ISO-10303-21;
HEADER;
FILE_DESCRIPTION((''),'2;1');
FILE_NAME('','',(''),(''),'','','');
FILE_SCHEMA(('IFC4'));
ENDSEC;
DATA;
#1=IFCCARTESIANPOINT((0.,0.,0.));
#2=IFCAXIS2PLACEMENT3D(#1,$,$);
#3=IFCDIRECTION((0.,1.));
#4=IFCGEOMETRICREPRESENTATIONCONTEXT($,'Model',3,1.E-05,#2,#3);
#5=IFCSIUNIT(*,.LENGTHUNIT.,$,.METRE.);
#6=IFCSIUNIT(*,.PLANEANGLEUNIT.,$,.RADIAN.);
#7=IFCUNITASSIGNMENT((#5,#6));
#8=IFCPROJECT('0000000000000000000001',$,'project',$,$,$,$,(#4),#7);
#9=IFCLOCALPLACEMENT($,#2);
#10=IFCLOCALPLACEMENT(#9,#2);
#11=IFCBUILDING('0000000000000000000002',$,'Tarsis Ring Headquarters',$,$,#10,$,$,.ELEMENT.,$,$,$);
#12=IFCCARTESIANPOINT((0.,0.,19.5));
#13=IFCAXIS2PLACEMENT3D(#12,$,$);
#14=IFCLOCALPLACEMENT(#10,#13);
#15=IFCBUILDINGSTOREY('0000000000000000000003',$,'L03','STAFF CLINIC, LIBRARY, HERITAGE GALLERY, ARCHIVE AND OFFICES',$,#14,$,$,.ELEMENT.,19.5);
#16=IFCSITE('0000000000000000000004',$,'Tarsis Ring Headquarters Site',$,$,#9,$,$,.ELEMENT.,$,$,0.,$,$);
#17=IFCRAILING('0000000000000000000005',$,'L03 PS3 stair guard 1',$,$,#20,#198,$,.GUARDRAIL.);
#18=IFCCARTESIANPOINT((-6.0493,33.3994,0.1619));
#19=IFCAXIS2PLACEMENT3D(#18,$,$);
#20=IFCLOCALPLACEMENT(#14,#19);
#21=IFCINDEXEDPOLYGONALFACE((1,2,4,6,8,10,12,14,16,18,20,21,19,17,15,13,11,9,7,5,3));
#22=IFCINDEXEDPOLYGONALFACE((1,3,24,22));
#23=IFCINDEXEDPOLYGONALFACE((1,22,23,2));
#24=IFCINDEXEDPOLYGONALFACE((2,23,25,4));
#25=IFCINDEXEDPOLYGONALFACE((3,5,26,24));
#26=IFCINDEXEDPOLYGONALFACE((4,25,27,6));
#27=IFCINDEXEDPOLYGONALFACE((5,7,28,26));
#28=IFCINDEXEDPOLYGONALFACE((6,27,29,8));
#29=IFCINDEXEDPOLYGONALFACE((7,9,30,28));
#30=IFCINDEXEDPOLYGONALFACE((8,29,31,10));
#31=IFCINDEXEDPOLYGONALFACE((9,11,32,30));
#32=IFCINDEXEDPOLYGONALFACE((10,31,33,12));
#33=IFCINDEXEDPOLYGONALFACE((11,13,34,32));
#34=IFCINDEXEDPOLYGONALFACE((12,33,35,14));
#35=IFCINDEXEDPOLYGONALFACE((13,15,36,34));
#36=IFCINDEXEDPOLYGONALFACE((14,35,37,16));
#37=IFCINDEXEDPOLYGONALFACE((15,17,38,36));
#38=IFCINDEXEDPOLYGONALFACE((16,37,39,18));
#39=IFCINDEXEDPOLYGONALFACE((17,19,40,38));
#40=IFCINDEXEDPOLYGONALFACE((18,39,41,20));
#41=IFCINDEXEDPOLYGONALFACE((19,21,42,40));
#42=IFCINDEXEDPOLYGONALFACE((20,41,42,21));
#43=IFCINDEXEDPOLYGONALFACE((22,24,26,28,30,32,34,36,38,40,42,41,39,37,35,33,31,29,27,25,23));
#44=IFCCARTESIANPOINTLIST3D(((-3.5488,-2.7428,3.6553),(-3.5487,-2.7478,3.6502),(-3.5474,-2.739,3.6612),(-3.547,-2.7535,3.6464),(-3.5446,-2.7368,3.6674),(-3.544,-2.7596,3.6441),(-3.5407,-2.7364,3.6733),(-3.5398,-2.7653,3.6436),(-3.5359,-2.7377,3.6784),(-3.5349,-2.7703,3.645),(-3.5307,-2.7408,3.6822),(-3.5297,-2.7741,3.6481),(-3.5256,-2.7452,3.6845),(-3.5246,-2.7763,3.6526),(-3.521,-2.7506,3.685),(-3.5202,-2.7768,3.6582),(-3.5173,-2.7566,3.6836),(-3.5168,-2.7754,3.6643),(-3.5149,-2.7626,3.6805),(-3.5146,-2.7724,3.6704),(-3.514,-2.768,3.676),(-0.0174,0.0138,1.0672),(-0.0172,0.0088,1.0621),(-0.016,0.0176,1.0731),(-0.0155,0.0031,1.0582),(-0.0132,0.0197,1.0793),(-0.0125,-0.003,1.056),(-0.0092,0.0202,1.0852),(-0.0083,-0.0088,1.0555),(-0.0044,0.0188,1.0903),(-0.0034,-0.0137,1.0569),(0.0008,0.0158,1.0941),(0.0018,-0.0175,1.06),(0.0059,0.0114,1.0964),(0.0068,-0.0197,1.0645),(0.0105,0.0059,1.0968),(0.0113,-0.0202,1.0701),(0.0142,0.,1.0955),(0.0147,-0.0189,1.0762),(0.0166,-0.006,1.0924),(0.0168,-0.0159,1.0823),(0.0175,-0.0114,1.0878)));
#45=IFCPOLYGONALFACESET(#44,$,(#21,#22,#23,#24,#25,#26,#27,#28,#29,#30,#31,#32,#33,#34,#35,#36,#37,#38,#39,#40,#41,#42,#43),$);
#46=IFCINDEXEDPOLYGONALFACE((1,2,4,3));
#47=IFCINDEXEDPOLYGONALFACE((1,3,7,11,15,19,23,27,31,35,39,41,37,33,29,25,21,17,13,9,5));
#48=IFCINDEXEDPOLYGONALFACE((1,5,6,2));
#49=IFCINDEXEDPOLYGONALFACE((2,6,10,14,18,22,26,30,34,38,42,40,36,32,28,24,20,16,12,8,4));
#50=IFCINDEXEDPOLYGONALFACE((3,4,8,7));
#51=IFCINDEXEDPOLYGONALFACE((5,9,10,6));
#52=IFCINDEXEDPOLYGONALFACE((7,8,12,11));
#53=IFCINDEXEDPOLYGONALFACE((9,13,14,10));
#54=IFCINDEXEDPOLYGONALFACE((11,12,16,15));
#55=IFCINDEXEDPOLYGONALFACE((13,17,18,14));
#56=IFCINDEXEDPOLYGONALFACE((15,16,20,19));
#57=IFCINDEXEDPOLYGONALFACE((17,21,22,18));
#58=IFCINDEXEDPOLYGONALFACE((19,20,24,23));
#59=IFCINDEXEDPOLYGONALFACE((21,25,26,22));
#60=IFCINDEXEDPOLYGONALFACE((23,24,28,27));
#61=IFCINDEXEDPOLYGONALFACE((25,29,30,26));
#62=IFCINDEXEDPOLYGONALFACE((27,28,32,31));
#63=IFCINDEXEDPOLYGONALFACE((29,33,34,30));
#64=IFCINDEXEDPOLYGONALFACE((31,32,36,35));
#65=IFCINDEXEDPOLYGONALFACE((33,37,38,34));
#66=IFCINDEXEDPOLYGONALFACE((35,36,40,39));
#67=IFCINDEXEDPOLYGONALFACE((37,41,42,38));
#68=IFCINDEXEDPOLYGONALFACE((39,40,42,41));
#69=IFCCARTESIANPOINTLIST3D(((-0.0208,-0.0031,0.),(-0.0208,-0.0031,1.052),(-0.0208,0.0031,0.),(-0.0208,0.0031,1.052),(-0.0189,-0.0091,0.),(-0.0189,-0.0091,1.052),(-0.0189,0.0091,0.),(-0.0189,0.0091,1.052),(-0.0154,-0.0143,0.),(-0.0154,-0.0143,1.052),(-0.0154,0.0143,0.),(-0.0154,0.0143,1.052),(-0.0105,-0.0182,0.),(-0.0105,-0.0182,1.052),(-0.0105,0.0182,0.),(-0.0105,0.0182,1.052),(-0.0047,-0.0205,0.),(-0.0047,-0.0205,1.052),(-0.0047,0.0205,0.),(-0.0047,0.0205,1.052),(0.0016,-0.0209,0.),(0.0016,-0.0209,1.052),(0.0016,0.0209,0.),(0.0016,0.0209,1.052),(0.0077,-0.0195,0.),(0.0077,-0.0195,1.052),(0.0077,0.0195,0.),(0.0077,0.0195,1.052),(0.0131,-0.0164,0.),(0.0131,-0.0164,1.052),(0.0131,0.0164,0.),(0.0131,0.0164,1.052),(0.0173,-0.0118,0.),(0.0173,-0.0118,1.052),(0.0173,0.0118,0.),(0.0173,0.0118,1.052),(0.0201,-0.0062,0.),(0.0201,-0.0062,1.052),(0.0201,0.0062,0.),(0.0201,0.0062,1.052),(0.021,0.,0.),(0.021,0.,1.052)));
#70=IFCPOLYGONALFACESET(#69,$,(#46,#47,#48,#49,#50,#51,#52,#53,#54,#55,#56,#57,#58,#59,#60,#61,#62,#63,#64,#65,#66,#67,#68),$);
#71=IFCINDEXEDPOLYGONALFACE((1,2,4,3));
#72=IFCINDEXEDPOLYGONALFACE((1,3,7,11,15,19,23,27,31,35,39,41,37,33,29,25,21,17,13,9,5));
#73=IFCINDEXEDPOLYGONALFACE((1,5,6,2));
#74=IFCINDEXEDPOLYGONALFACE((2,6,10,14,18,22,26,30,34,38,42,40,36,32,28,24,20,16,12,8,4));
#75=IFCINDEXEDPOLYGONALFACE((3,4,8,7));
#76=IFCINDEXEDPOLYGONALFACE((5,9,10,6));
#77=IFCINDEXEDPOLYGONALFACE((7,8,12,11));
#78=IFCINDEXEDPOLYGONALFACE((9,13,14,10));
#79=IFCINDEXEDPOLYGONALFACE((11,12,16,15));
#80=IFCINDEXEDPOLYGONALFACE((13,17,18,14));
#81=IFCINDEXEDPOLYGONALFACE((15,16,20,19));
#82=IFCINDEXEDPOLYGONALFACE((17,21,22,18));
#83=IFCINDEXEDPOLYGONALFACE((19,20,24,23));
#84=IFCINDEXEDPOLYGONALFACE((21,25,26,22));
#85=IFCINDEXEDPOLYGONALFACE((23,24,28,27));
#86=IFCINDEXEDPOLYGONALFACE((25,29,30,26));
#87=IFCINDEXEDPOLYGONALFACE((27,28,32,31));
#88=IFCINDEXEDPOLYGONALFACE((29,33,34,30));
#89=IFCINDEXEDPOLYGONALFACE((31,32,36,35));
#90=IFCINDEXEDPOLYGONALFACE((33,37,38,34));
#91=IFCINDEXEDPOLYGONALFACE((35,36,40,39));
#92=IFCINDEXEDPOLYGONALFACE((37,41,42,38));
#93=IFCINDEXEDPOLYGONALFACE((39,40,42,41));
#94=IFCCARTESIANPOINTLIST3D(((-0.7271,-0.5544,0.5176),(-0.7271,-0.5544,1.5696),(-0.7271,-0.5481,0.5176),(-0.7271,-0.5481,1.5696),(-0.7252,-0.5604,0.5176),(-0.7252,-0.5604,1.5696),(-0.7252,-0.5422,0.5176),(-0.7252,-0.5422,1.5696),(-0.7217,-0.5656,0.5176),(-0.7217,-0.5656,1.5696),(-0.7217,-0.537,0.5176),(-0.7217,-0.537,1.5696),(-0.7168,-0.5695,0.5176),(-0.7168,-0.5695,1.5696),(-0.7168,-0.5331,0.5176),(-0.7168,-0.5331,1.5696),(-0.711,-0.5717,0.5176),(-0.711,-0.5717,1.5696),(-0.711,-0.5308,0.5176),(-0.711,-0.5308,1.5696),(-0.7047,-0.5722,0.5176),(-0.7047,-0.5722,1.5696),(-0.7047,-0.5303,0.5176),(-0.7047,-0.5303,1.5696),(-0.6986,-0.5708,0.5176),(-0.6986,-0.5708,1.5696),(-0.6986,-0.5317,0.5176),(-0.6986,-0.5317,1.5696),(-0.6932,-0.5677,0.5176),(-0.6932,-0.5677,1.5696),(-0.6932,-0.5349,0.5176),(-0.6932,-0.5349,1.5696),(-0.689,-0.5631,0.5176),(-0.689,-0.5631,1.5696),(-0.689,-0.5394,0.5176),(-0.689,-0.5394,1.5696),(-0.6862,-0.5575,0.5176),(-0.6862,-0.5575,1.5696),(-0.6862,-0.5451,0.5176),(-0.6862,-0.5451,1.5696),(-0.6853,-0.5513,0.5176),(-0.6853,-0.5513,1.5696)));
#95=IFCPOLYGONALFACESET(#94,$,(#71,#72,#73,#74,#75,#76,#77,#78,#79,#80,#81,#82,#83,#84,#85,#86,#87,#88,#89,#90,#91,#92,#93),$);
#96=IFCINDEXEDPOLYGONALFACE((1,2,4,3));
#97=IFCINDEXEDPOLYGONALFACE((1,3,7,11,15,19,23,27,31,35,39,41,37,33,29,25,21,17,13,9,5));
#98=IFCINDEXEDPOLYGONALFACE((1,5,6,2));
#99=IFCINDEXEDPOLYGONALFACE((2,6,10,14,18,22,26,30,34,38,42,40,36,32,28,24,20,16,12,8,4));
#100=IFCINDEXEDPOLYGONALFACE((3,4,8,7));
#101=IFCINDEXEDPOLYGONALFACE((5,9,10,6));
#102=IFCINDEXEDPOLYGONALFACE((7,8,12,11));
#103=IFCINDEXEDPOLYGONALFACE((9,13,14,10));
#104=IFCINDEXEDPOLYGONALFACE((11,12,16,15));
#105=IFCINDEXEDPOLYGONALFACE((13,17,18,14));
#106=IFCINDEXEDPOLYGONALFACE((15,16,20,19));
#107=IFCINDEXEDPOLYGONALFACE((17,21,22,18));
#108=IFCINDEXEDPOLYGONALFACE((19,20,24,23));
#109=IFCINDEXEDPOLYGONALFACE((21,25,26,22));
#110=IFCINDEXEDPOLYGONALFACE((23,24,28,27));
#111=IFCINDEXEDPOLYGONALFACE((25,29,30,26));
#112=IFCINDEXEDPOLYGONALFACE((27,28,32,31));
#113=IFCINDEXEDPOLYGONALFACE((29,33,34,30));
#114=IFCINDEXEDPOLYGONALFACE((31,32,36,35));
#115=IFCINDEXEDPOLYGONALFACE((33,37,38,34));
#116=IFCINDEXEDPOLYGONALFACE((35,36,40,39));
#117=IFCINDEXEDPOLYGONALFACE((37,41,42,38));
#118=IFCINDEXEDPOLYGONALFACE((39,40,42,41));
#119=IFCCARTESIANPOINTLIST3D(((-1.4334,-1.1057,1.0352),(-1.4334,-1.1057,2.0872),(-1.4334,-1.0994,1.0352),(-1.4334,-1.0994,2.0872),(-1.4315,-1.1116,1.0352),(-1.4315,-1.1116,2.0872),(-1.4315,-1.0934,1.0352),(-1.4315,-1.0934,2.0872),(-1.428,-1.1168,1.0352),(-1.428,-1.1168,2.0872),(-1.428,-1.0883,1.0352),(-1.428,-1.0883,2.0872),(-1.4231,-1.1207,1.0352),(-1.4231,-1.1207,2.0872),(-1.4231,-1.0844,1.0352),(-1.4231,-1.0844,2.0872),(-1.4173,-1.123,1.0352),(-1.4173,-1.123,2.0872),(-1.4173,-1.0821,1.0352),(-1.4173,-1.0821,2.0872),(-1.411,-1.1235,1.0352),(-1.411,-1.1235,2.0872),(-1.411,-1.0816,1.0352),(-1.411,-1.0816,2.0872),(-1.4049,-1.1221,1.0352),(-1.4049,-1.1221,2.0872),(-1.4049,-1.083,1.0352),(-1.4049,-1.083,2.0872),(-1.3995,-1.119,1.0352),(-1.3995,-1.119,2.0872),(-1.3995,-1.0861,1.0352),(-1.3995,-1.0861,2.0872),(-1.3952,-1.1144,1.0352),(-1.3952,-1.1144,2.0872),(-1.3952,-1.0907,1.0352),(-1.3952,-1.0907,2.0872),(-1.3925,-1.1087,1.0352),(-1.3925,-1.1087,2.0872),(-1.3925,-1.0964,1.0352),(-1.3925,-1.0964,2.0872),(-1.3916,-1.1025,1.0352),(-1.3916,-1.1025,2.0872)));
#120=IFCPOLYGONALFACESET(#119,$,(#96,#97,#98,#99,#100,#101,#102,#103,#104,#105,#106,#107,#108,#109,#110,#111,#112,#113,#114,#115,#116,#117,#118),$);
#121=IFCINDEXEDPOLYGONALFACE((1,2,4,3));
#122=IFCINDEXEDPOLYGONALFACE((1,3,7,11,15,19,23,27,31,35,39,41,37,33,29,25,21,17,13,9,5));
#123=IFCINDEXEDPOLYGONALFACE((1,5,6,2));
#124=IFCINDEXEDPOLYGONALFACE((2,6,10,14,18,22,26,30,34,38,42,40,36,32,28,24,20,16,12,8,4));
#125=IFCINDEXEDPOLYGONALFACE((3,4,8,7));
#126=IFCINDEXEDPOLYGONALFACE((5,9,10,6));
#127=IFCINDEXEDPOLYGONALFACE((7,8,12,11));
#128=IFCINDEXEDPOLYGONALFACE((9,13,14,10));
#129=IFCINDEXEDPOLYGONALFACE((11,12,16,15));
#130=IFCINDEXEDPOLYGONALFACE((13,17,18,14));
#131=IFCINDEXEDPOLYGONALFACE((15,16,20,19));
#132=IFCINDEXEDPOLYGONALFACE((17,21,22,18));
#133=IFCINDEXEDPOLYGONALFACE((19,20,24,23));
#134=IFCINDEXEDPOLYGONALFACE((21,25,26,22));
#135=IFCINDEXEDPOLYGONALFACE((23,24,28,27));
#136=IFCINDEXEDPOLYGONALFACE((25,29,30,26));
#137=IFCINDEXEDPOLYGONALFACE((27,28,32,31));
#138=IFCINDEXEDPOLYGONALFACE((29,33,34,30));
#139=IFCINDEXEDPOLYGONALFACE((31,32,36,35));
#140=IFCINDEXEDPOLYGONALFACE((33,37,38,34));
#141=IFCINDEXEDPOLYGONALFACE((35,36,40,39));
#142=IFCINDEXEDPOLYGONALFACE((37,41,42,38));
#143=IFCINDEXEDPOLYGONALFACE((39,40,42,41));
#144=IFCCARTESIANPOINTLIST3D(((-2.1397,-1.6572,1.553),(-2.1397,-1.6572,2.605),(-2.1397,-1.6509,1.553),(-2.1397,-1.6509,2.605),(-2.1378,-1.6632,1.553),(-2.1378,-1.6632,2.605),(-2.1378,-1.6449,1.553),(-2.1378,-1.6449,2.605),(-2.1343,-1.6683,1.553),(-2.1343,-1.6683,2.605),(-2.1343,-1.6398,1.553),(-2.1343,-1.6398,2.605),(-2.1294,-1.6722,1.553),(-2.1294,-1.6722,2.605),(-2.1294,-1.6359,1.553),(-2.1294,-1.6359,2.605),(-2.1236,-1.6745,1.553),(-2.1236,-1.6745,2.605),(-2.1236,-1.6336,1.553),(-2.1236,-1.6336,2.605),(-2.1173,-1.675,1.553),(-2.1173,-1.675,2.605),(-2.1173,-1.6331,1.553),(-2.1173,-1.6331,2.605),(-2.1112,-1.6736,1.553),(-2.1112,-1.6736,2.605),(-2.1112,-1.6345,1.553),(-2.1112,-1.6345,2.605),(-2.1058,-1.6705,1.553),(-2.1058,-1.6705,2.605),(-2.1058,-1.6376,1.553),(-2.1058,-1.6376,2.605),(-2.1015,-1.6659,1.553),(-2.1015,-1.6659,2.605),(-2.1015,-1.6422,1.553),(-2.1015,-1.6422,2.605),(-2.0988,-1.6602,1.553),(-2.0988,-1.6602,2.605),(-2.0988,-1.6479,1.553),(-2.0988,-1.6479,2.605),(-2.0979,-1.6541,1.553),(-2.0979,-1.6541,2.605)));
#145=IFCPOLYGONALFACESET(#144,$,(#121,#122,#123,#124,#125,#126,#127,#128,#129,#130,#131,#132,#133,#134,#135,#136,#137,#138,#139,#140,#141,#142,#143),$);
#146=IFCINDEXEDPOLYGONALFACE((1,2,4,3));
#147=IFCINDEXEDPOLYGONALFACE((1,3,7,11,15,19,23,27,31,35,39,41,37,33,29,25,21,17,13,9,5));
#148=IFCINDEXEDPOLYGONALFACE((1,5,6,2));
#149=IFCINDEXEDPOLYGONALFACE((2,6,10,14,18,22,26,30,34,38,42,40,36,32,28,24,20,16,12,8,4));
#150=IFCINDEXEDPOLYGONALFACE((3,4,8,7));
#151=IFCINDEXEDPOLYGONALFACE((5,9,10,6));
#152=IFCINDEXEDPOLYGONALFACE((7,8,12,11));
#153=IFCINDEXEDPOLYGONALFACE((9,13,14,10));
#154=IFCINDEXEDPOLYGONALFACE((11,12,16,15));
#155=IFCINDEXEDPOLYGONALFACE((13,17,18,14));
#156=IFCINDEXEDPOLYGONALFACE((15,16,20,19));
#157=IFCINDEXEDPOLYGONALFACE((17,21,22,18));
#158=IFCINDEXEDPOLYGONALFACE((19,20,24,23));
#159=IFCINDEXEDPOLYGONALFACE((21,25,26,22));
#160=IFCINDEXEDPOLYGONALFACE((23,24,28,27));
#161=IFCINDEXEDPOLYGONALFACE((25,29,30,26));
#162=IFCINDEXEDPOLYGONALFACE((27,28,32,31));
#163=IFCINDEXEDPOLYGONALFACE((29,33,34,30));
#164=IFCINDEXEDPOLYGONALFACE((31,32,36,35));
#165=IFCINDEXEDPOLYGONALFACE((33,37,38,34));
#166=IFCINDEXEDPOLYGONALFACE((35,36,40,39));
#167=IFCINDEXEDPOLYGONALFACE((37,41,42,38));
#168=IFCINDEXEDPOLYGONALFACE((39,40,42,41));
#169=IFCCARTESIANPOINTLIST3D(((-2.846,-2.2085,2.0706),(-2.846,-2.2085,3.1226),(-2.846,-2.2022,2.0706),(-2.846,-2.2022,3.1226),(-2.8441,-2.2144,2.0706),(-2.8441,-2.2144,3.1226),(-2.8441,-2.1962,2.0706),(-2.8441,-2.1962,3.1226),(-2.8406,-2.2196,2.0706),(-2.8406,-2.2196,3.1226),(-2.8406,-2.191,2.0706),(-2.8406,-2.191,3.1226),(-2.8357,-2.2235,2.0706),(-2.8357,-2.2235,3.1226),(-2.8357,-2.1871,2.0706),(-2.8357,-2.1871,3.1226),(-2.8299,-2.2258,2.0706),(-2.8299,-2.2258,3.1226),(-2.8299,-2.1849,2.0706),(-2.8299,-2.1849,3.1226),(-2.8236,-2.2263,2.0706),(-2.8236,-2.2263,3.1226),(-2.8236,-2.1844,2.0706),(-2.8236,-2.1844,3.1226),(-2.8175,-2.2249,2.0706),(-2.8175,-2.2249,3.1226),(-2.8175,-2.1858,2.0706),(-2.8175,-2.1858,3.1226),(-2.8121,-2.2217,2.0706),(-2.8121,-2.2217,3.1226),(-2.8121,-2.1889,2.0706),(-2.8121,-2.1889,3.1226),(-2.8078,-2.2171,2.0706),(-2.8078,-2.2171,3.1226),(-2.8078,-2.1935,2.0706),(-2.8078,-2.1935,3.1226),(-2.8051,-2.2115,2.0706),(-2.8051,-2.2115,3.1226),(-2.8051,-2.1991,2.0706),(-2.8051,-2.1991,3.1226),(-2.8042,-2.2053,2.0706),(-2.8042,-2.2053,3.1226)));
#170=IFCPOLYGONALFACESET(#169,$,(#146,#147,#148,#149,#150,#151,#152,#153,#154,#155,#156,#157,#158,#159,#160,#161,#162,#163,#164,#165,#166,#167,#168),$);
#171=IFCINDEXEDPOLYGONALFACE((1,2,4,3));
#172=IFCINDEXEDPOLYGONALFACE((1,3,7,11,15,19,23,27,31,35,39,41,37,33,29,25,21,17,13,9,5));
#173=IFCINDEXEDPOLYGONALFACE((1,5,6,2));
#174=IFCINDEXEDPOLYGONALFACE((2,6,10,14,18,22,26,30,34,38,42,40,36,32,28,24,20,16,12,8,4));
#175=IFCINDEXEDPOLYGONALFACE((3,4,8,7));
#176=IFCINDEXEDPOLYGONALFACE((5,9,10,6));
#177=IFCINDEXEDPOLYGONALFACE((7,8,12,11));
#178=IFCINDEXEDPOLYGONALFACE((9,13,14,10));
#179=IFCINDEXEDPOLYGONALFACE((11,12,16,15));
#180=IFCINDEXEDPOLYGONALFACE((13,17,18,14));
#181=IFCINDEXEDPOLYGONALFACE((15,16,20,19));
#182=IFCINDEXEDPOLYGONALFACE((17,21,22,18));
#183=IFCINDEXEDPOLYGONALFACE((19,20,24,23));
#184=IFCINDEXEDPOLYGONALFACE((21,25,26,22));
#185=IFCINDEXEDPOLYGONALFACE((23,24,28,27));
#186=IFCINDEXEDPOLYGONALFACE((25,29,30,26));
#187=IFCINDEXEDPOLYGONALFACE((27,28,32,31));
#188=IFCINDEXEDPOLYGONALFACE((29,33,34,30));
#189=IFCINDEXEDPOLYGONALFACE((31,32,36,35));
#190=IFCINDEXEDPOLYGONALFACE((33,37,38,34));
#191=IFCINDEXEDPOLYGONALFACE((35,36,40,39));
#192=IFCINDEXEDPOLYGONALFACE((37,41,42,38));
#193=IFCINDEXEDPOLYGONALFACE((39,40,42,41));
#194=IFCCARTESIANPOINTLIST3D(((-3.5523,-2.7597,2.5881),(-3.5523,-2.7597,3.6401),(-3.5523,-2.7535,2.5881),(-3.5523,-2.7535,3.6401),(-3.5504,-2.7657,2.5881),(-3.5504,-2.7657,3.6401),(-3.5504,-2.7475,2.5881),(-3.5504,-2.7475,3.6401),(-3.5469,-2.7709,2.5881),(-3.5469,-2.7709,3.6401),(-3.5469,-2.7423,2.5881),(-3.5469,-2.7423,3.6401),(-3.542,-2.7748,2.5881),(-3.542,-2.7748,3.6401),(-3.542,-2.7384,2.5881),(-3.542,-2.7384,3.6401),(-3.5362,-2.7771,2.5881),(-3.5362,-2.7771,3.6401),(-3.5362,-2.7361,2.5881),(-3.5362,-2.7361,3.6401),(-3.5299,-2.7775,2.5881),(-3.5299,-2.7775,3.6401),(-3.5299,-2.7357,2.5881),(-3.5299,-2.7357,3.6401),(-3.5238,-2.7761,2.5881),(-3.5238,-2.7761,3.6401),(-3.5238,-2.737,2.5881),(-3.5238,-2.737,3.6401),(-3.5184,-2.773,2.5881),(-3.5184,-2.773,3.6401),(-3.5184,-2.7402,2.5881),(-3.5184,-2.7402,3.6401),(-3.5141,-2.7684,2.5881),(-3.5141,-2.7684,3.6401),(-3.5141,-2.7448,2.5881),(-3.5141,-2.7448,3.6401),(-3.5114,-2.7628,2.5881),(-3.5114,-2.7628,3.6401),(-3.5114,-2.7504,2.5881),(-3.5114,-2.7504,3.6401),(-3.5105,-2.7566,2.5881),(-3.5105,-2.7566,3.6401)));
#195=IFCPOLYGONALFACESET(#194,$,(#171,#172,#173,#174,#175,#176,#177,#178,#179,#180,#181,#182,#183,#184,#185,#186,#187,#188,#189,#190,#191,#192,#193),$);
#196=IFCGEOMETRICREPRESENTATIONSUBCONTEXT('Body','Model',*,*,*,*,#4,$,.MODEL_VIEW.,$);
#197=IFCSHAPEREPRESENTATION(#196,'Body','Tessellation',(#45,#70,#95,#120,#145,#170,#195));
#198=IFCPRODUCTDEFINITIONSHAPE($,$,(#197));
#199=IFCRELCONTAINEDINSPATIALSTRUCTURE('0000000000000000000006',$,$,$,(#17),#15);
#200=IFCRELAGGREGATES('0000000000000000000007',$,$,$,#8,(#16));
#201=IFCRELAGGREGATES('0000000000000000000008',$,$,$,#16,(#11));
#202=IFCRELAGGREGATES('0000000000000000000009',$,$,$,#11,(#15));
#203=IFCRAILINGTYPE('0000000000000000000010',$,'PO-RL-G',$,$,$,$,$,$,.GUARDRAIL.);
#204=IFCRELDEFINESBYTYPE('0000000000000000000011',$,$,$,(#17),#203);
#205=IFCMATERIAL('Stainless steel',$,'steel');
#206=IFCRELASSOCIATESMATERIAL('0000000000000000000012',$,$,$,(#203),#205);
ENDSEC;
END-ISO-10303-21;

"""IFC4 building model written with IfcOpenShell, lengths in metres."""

from ifc_helpers import new_model, si_unit, direction, frame, origin, origin_2d, place, context, subcontext, project, spatial, circle, extrude, material, type_object, element, save


model = new_model("IFC4")

# Units and contexts
model_context = context("Model", 3, precision=1e-05, world=origin(), true_north=direction((0.0, 1.0)))
body_context = subcontext(model_context, "Body", "Model", "MODEL_VIEW")
ifc_project = project(units=[si_unit("LENGTHUNIT", "METRE"), si_unit("PLANEANGLEUNIT", "RADIAN")], contexts=[model_context])

# Site, building, storey
site_placement = place(None, origin())
site = spatial("IfcSite", under=ifc_project, at=site_placement, Name="Tarsis Ring Headquarters Site", CompositionType="ELEMENT", RefElevation=0.0)
building_placement = place(site_placement, origin())
building = spatial("IfcBuilding", under=site, at=building_placement, Name="Tarsis Ring Headquarters", CompositionType="ELEMENT")
storey_placement = place(building_placement, frame((0.0, 0.0, 19.5)))
storey = spatial("IfcBuildingStorey", under=building, at=storey_placement, Name="L03", Description="STAFF CLINIC, LIBRARY, HERITAGE GALLERY, ARCHIVE AND OFFICES", CompositionType="ELEMENT", Elevation=19.5)

# Railing
ifc_material_1 = material(Name="Stainless steel", Category="steel")
railing_type_1 = type_object("IfcRailingType", Name="PO-RL-G", PredefinedType="GUARDRAIL", material=ifc_material_1)
railing_1_placement = place(storey_placement, frame((-6.0493, 33.3994, 0.1619)))
element("IfcRailing", 1, at=railing_1_placement, inside=storey, type_object=railing_type_1, Name="L03 PS3 stair guard 1", PredefinedType="GUARDRAIL", context=body_context, shape_type="SweptSolid", body=[
    extrude(circle(Radius=0.0239, at=origin_2d()), frame((0.0, 0.0, 1.0762), z_axis=(-0.682566, -0.532793, 0.500234), x_axis=(0.615313, -0.788283, 0.0)), (0.0, 0.0, 1.0), 5.1738),
    extrude(circle(Radius=0.021, at=origin_2d()), origin(), (0.0, 0.0, 1.0), 1.052),
    extrude(circle(Radius=0.021, at=origin_2d()), frame((-0.7063, -0.5513, 0.5176)), (0.0, 0.0, 1.0), 1.052),
    extrude(circle(Radius=0.021, at=origin_2d()), frame((-1.4126, -1.1025, 1.0352)), (0.0, 0.0, 1.0), 1.052),
    extrude(circle(Radius=0.021, at=origin_2d()), frame((-2.1189, -1.6541, 1.553)), (0.0, 0.0, 1.0), 1.052),
    extrude(circle(Radius=0.021, at=origin_2d()), frame((-2.8252, -2.2053, 2.0706)), (0.0, 0.0, 1.0), 1.052),
    extrude(circle(Radius=0.021, at=origin_2d()), frame((-3.5315, -2.7566, 2.5881)), (0.0, 0.0, 1.0), 1.052),
])

save(model, "model.ifc")
